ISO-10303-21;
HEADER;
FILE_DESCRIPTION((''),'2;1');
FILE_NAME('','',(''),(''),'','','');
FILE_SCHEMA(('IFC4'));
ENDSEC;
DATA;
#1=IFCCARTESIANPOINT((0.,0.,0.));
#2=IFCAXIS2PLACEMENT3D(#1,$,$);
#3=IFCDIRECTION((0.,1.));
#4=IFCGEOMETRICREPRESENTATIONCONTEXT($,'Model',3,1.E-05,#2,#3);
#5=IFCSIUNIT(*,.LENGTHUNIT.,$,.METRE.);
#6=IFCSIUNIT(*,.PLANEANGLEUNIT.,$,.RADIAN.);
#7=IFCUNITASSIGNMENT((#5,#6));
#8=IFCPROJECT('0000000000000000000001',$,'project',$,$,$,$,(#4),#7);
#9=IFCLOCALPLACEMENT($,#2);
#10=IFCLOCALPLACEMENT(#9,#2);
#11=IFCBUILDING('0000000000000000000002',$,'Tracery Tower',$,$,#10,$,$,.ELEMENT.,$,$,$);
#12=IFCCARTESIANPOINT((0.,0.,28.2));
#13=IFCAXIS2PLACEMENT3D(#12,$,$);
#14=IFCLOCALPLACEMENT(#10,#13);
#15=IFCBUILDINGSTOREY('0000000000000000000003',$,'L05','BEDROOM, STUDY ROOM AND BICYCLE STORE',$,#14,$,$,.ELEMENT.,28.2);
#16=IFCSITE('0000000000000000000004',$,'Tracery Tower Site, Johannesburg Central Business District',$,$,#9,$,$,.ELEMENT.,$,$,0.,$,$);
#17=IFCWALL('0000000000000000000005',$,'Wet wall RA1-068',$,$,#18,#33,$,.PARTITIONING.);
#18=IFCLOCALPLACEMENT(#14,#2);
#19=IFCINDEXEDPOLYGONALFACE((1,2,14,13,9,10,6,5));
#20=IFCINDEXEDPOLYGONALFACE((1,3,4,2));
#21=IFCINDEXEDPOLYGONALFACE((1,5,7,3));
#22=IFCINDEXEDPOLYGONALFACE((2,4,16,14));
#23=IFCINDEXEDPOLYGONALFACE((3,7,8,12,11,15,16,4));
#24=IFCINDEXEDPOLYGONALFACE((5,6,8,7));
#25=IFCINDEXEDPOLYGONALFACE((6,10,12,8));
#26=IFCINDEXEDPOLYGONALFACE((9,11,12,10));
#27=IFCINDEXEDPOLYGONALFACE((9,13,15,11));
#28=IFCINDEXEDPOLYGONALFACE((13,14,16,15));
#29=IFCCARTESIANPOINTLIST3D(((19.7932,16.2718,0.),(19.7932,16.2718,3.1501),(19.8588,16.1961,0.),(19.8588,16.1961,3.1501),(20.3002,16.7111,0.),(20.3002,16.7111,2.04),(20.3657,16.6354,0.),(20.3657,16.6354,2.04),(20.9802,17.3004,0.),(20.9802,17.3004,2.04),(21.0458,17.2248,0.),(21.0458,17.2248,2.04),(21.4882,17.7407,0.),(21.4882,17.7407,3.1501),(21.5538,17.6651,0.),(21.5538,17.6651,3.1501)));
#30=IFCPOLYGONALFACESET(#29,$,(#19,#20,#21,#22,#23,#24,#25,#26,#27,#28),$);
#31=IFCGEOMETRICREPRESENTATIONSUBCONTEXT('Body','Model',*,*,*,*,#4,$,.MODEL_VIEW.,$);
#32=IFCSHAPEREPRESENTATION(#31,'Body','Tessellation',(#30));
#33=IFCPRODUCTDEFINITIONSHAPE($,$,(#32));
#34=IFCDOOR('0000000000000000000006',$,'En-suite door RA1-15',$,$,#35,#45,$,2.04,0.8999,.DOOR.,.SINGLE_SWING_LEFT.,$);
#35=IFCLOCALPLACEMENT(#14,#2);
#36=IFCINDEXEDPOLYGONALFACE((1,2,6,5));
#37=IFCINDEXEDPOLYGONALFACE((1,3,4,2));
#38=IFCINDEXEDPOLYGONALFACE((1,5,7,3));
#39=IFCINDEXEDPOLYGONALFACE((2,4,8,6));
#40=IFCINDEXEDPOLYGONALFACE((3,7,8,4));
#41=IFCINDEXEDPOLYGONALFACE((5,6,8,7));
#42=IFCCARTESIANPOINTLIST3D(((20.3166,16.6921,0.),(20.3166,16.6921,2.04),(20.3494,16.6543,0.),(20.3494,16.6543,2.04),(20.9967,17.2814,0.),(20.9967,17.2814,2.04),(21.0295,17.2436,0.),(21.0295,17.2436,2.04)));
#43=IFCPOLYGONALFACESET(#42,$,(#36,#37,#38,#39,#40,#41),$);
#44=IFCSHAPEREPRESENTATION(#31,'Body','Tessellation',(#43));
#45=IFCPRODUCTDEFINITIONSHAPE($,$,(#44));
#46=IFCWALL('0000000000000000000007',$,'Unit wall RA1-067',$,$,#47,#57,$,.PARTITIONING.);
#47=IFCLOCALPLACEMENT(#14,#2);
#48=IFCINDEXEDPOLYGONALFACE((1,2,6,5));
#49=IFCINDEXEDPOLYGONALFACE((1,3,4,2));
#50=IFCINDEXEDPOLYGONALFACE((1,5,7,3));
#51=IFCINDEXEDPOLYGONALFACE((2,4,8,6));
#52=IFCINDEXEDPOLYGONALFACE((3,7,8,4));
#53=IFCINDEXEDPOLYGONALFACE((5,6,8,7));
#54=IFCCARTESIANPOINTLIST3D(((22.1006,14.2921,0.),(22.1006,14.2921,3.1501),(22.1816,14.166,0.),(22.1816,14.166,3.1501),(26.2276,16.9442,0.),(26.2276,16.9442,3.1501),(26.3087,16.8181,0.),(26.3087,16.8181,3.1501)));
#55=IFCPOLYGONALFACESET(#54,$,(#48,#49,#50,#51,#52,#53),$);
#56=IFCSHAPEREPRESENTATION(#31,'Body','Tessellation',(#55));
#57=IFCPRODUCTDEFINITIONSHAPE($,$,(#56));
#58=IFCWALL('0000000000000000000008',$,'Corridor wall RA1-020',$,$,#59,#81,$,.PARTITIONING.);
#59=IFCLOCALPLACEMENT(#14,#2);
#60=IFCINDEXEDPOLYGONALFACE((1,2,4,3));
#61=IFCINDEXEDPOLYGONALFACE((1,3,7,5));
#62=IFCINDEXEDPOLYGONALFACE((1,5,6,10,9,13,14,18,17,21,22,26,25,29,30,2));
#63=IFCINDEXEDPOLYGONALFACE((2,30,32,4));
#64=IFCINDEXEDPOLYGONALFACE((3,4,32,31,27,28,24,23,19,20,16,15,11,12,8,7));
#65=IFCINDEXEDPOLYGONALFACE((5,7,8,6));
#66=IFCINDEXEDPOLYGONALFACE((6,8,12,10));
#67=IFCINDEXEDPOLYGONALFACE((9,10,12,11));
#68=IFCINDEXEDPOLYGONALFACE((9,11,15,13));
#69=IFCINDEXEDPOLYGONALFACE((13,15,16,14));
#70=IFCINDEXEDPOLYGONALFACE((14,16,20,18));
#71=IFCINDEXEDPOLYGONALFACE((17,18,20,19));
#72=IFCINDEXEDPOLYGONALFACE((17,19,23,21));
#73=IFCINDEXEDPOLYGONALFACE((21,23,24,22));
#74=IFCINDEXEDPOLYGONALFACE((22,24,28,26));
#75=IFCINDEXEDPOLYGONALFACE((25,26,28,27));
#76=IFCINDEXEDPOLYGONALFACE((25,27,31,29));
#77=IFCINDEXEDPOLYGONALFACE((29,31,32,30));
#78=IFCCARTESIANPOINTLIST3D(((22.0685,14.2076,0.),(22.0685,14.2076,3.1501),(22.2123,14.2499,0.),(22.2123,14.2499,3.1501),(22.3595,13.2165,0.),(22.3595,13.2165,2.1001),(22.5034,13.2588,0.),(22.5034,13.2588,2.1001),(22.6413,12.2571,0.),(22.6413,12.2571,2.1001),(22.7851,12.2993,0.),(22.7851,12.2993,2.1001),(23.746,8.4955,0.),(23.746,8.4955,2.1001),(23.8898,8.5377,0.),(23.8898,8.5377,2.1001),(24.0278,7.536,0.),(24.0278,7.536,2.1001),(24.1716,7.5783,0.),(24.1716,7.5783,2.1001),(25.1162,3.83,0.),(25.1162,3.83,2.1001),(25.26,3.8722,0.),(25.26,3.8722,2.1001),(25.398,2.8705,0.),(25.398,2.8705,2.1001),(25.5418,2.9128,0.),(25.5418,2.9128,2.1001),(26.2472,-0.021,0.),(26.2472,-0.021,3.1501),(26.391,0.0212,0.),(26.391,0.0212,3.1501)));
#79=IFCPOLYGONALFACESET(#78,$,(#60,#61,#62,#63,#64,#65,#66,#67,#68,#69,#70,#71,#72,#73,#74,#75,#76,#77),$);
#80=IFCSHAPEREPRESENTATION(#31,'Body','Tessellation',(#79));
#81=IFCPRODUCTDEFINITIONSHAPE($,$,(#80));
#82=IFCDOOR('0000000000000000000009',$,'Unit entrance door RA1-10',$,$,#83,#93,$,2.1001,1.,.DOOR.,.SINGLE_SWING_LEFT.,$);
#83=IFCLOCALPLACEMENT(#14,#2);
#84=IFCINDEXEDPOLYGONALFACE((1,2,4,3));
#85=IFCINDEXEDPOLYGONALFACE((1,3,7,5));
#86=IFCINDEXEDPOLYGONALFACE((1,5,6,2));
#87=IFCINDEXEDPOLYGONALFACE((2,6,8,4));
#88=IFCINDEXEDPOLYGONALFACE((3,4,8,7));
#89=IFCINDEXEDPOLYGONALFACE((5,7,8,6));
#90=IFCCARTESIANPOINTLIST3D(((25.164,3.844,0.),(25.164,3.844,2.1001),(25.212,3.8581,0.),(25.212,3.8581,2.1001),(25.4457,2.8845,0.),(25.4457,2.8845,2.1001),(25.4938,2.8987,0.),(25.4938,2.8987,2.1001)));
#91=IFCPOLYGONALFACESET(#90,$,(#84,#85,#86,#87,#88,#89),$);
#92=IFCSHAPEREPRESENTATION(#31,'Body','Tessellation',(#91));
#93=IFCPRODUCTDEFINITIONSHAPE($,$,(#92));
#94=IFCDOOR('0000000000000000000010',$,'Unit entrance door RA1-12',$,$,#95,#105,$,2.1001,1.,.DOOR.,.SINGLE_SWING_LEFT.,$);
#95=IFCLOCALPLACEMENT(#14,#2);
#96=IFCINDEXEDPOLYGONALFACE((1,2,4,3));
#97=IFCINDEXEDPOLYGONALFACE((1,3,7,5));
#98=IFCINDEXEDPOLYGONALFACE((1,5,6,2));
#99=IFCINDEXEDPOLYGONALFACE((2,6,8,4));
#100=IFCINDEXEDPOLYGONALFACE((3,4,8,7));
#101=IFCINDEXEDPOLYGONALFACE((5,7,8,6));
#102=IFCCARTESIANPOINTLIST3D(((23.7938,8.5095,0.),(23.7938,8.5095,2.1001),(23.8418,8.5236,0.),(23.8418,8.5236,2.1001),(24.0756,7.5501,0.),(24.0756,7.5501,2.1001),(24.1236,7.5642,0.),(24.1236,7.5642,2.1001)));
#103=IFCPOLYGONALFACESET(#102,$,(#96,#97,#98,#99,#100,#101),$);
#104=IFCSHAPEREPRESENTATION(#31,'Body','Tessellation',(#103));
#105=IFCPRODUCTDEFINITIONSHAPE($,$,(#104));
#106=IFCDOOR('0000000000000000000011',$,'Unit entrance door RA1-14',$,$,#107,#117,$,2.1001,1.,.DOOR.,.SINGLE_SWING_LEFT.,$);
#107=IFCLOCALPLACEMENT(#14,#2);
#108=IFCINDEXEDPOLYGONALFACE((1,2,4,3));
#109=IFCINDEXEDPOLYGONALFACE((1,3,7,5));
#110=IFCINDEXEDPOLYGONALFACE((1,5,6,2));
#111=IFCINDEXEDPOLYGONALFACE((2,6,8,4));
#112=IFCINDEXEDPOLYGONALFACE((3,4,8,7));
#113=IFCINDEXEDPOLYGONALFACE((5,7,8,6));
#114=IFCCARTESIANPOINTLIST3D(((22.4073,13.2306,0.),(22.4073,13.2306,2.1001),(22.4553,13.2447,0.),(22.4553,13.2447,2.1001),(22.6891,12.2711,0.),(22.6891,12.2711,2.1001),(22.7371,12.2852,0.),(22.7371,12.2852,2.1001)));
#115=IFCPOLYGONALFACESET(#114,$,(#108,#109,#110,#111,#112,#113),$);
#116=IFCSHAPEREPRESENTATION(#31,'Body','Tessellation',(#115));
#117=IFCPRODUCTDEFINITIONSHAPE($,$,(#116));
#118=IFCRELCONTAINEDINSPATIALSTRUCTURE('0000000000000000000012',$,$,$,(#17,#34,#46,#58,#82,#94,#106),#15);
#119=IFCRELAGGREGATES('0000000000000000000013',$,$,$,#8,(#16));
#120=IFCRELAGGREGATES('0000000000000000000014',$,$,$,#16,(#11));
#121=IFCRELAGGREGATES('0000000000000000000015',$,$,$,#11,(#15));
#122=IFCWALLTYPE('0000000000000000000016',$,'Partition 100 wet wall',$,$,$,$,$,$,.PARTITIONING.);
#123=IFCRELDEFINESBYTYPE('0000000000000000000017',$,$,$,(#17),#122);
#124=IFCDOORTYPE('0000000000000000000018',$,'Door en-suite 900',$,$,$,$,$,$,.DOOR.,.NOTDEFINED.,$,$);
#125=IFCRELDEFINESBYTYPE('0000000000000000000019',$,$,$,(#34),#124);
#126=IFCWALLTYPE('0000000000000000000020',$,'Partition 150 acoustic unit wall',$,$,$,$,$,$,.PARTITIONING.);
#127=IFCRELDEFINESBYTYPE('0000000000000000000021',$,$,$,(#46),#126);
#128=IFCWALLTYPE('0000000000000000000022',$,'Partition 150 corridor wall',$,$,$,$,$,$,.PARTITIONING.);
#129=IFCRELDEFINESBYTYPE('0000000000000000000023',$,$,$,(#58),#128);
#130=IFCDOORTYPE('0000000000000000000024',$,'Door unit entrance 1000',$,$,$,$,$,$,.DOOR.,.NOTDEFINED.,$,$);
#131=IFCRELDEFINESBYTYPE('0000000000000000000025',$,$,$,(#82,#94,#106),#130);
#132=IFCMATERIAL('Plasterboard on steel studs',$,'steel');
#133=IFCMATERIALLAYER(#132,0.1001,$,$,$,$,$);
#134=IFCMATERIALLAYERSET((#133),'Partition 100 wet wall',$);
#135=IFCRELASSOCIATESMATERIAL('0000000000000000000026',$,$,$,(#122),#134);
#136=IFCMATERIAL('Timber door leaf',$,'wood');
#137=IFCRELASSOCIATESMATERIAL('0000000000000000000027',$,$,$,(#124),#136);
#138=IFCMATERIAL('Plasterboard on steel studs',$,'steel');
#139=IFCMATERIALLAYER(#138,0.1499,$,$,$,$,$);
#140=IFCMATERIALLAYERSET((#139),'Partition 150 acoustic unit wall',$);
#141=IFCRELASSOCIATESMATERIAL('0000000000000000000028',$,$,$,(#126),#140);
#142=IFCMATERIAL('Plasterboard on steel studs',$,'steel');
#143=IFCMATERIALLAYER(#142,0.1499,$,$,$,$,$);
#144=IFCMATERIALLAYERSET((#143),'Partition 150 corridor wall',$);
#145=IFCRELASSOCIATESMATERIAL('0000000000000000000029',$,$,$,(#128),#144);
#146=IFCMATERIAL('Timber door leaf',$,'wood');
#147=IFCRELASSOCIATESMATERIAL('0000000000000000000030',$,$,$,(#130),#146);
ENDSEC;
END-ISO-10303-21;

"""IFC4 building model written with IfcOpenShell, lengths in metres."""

from ifc_helpers import new_model, si_unit, direction, frame, frame_2d, origin, place, context, subcontext, project, spatial, rectangle, extrude, material, layer, layer_set, type_object, element, fill, save


model = new_model("IFC4")

# Units and contexts
model_context = context("Model", 3, precision=1e-05, world=origin(), true_north=direction((0.0, 1.0)))
body_context = subcontext(model_context, "Body", "Model", "MODEL_VIEW")
ifc_project = project(units=[si_unit("LENGTHUNIT", "METRE"), si_unit("PLANEANGLEUNIT", "RADIAN")], contexts=[model_context])

# Site, building, storey
site_placement = place(None, origin())
site = spatial("IfcSite", under=ifc_project, at=site_placement, Name="Tracery Tower Site, Johannesburg Central Business District", CompositionType="ELEMENT", RefElevation=0.0)
building_placement = place(site_placement, origin())
building = spatial("IfcBuilding", under=site, at=building_placement, Name="Tracery Tower", CompositionType="ELEMENT")
storey_placement = place(building_placement, frame((0.0, 0.0, 28.2)))
storey = spatial("IfcBuildingStorey", under=building, at=storey_placement, Name="L05", Description="BEDROOM, STUDY ROOM AND BICYCLE STORE", CompositionType="ELEMENT", Elevation=28.2)

# Shared definitions
ifc_material_1 = material(Name="Plasterboard on steel studs", Category="steel")
ifc_layer_1 = layer(ifc_material_1, 0.1001)
ifc_layer_set_1 = layer_set([ifc_layer_1], Name="Partition 100 wet wall")
wall_type_1 = type_object("IfcWallType", Name="Partition 100 wet wall", PredefinedType="PARTITIONING", material=ifc_layer_set_1)

# Wall, opening, door
ifc_material_2 = material(Name="Timber door leaf", Category="wood")
door_type_1 = type_object("IfcDoorType", Name="Door en-suite 900", OperationType="NOTDEFINED", PredefinedType="DOOR", material=ifc_material_2)
wall_1_placement = place(storey_placement, frame((19.8259, 16.2339, 0.0), z_axis=(0.0, 0.0, 1.0), x_axis=(0.755703, 0.654914, 0.0)))
wall_1 = element("IfcWall", 1, at=wall_1_placement, inside=storey, type_object=wall_type_1, Name="Wet wall RA1-068", PredefinedType="PARTITIONING", context=body_context, shape_type="SweptSolid", body=[
    extrude(rectangle(XDim=2.2429, YDim=0.1001, at=frame_2d((1.1216, 0.0))), origin(), (0.0, 0.0, 1.0), 3.1501),
])
opening_1_placement = place(wall_1_placement, frame((0.6709, 0.0, 0.0)))
opening_1 = element("IfcOpeningElement", 2, at=opening_1_placement, cuts=wall_1, PredefinedType="OPENING", context=body_context, shape_type="SweptSolid", body=[
    extrude(rectangle(XDim=0.8999, YDim=2.04, at=frame_2d((0.45, 1.02))), frame((0.0, 0.05, 0.0), z_axis=(0.0, -1.0, 0.0), x_axis=(1.0, 0.0, 0.0)), (0.0, 0.0, 1.0), 0.1001),
])
door_1_placement = place(opening_1_placement, origin())
door_1 = element("IfcDoor", 3, at=door_1_placement, inside=storey, type_object=door_type_1, Name="En-suite door RA1-15", OperationType="SINGLE_SWING_LEFT", OverallHeight=2.04, OverallWidth=0.8999, PredefinedType="DOOR", context=body_context, shape_type="SweptSolid", body=[
    extrude(rectangle(XDim=0.8999, YDim=2.04, at=frame_2d((0.45, 1.02))), frame((0.0, 0.0249, 0.0), z_axis=(0.0, -1.0, 0.0), x_axis=(1.0, 0.0, 0.0)), (0.0, 0.0, 1.0), 0.05),
])
fill(opening_1, door_1)

# Wall
ifc_material_3 = material(Name="Plasterboard on steel studs", Category="steel")
ifc_layer_2 = layer(ifc_material_3, 0.1499)
ifc_layer_set_2 = layer_set([ifc_layer_2], Name="Partition 150 acoustic unit wall")
wall_type_2 = type_object("IfcWallType", Name="Partition 150 acoustic unit wall", PredefinedType="PARTITIONING", material=ifc_layer_set_2)
wall_2_placement = place(storey_placement, frame((22.1411, 14.229, 0.0), z_axis=(0.0, 0.0, 1.0), x_axis=(0.841266, 0.540622, 0.0)))
element("IfcWall", 4, at=wall_2_placement, inside=storey, type_object=wall_type_2, Name="Unit wall RA1-067", PredefinedType="PARTITIONING", context=body_context, shape_type="SweptSolid", body=[
    extrude(rectangle(XDim=4.9058, YDim=0.1499, at=frame_2d((2.4529, 0.0))), origin(), (0.0, 0.0, 1.0), 3.1501),
])

# Wall, openings, doors
ifc_material_4 = material(Name="Plasterboard on steel studs", Category="steel")
ifc_layer_3 = layer(ifc_material_4, 0.1499)
ifc_layer_set_3 = layer_set([ifc_layer_3], Name="Partition 150 corridor wall")
wall_type_3 = type_object("IfcWallType", Name="Partition 150 corridor wall", PredefinedType="PARTITIONING", material=ifc_layer_set_3)
wall_3_placement = place(storey_placement, frame((22.1404, 14.2288, 0.0), z_axis=(0.0, 0.0, 1.0), x_axis=(0.28178, -0.959479, 0.0)))
wall_3 = element("IfcWall", 5, at=wall_3_placement, inside=storey, type_object=wall_type_3, Name="Corridor wall RA1-020", PredefinedType="PARTITIONING", context=body_context, shape_type="SweptSolid", body=[
    extrude(rectangle(XDim=14.8296, YDim=0.1499, at=frame_2d((7.4148, 0.0))), origin(), (0.0, 0.0, 1.0), 3.1501),
])
opening_2_placement = place(wall_3_placement, frame((10.8159, 0.0, 0.0)))
opening_2 = element("IfcOpeningElement", 6, at=opening_2_placement, cuts=wall_3, PredefinedType="OPENING", context=body_context, shape_type="SweptSolid", body=[
    extrude(rectangle(XDim=1.0, YDim=2.1001, at=frame_2d((0.5, 1.05))), frame((0.0, 0.075, 0.0), z_axis=(0.0, -1.0, 0.0), x_axis=(1.0, 0.0, 0.0)), (0.0, 0.0, 1.0), 0.1499),
])
opening_3_placement = place(wall_3_placement, frame((5.9534, 0.0, 0.0)))
opening_3 = element("IfcOpeningElement", 7, at=opening_3_placement, cuts=wall_3, PredefinedType="OPENING", context=body_context, shape_type="SweptSolid", body=[
    extrude(rectangle(XDim=1.0, YDim=2.1001, at=frame_2d((0.5, 1.05))), frame((0.0, 0.075, 0.0), z_axis=(0.0, -1.0, 0.0), x_axis=(1.0, 0.0, 0.0)), (0.0, 0.0, 1.0), 0.1499),
])
opening_4_placement = place(wall_3_placement, frame((1.033, 0.0, 0.0)))
opening_4 = element("IfcOpeningElement", 8, at=opening_4_placement, cuts=wall_3, PredefinedType="OPENING", context=body_context, shape_type="SweptSolid", body=[
    extrude(rectangle(XDim=1.0, YDim=2.1001, at=frame_2d((0.5, 1.05))), frame((0.0, 0.075, 0.0), z_axis=(0.0, -1.0, 0.0), x_axis=(1.0, 0.0, 0.0)), (0.0, 0.0, 1.0), 0.1499),
])
ifc_material_5 = material(Name="Timber door leaf", Category="wood")
door_type_2 = type_object("IfcDoorType", Name="Door unit entrance 1000", OperationType="NOTDEFINED", PredefinedType="DOOR", material=ifc_material_5)
door_2_placement = place(opening_2_placement, origin())
door_2 = element("IfcDoor", 9, at=door_2_placement, inside=storey, type_object=door_type_2, Name="Unit entrance door RA1-10", OperationType="SINGLE_SWING_LEFT", OverallHeight=2.1001, OverallWidth=1.0, PredefinedType="DOOR", context=body_context, shape_type="SweptSolid", body=[
    extrude(rectangle(XDim=1.0, YDim=2.1001, at=frame_2d((0.5, 1.05))), frame((0.0, 0.0249, 0.0), z_axis=(0.0, -1.0, 0.0), x_axis=(1.0, 0.0, 0.0)), (0.0, 0.0, 1.0), 0.05),
])
fill(opening_2, door_2)
door_3_placement = place(opening_3_placement, origin())
door_3 = element("IfcDoor", 10, at=door_3_placement, inside=storey, type_object=door_type_2, Name="Unit entrance door RA1-12", OperationType="SINGLE_SWING_LEFT", OverallHeight=2.1001, OverallWidth=1.0, PredefinedType="DOOR", context=body_context, shape_type="SweptSolid", body=[
    extrude(rectangle(XDim=1.0, YDim=2.1001, at=frame_2d((0.5, 1.05))), frame((0.0, 0.0249, 0.0), z_axis=(0.0, -1.0, 0.0), x_axis=(1.0, 0.0, 0.0)), (0.0, 0.0, 1.0), 0.05),
])
fill(opening_3, door_3)
door_4_placement = place(opening_4_placement, origin())
door_4 = element("IfcDoor", 11, at=door_4_placement, inside=storey, type_object=door_type_2, Name="Unit entrance door RA1-14", OperationType="SINGLE_SWING_LEFT", OverallHeight=2.1001, OverallWidth=1.0, PredefinedType="DOOR", context=body_context, shape_type="SweptSolid", body=[
    extrude(rectangle(XDim=1.0, YDim=2.1001, at=frame_2d((0.5, 1.05))), frame((0.0, 0.0249, 0.0), z_axis=(0.0, -1.0, 0.0), x_axis=(1.0, 0.0, 0.0)), (0.0, 0.0, 1.0), 0.05),
])
fill(opening_4, door_4)

save(model, "model.ifc")
